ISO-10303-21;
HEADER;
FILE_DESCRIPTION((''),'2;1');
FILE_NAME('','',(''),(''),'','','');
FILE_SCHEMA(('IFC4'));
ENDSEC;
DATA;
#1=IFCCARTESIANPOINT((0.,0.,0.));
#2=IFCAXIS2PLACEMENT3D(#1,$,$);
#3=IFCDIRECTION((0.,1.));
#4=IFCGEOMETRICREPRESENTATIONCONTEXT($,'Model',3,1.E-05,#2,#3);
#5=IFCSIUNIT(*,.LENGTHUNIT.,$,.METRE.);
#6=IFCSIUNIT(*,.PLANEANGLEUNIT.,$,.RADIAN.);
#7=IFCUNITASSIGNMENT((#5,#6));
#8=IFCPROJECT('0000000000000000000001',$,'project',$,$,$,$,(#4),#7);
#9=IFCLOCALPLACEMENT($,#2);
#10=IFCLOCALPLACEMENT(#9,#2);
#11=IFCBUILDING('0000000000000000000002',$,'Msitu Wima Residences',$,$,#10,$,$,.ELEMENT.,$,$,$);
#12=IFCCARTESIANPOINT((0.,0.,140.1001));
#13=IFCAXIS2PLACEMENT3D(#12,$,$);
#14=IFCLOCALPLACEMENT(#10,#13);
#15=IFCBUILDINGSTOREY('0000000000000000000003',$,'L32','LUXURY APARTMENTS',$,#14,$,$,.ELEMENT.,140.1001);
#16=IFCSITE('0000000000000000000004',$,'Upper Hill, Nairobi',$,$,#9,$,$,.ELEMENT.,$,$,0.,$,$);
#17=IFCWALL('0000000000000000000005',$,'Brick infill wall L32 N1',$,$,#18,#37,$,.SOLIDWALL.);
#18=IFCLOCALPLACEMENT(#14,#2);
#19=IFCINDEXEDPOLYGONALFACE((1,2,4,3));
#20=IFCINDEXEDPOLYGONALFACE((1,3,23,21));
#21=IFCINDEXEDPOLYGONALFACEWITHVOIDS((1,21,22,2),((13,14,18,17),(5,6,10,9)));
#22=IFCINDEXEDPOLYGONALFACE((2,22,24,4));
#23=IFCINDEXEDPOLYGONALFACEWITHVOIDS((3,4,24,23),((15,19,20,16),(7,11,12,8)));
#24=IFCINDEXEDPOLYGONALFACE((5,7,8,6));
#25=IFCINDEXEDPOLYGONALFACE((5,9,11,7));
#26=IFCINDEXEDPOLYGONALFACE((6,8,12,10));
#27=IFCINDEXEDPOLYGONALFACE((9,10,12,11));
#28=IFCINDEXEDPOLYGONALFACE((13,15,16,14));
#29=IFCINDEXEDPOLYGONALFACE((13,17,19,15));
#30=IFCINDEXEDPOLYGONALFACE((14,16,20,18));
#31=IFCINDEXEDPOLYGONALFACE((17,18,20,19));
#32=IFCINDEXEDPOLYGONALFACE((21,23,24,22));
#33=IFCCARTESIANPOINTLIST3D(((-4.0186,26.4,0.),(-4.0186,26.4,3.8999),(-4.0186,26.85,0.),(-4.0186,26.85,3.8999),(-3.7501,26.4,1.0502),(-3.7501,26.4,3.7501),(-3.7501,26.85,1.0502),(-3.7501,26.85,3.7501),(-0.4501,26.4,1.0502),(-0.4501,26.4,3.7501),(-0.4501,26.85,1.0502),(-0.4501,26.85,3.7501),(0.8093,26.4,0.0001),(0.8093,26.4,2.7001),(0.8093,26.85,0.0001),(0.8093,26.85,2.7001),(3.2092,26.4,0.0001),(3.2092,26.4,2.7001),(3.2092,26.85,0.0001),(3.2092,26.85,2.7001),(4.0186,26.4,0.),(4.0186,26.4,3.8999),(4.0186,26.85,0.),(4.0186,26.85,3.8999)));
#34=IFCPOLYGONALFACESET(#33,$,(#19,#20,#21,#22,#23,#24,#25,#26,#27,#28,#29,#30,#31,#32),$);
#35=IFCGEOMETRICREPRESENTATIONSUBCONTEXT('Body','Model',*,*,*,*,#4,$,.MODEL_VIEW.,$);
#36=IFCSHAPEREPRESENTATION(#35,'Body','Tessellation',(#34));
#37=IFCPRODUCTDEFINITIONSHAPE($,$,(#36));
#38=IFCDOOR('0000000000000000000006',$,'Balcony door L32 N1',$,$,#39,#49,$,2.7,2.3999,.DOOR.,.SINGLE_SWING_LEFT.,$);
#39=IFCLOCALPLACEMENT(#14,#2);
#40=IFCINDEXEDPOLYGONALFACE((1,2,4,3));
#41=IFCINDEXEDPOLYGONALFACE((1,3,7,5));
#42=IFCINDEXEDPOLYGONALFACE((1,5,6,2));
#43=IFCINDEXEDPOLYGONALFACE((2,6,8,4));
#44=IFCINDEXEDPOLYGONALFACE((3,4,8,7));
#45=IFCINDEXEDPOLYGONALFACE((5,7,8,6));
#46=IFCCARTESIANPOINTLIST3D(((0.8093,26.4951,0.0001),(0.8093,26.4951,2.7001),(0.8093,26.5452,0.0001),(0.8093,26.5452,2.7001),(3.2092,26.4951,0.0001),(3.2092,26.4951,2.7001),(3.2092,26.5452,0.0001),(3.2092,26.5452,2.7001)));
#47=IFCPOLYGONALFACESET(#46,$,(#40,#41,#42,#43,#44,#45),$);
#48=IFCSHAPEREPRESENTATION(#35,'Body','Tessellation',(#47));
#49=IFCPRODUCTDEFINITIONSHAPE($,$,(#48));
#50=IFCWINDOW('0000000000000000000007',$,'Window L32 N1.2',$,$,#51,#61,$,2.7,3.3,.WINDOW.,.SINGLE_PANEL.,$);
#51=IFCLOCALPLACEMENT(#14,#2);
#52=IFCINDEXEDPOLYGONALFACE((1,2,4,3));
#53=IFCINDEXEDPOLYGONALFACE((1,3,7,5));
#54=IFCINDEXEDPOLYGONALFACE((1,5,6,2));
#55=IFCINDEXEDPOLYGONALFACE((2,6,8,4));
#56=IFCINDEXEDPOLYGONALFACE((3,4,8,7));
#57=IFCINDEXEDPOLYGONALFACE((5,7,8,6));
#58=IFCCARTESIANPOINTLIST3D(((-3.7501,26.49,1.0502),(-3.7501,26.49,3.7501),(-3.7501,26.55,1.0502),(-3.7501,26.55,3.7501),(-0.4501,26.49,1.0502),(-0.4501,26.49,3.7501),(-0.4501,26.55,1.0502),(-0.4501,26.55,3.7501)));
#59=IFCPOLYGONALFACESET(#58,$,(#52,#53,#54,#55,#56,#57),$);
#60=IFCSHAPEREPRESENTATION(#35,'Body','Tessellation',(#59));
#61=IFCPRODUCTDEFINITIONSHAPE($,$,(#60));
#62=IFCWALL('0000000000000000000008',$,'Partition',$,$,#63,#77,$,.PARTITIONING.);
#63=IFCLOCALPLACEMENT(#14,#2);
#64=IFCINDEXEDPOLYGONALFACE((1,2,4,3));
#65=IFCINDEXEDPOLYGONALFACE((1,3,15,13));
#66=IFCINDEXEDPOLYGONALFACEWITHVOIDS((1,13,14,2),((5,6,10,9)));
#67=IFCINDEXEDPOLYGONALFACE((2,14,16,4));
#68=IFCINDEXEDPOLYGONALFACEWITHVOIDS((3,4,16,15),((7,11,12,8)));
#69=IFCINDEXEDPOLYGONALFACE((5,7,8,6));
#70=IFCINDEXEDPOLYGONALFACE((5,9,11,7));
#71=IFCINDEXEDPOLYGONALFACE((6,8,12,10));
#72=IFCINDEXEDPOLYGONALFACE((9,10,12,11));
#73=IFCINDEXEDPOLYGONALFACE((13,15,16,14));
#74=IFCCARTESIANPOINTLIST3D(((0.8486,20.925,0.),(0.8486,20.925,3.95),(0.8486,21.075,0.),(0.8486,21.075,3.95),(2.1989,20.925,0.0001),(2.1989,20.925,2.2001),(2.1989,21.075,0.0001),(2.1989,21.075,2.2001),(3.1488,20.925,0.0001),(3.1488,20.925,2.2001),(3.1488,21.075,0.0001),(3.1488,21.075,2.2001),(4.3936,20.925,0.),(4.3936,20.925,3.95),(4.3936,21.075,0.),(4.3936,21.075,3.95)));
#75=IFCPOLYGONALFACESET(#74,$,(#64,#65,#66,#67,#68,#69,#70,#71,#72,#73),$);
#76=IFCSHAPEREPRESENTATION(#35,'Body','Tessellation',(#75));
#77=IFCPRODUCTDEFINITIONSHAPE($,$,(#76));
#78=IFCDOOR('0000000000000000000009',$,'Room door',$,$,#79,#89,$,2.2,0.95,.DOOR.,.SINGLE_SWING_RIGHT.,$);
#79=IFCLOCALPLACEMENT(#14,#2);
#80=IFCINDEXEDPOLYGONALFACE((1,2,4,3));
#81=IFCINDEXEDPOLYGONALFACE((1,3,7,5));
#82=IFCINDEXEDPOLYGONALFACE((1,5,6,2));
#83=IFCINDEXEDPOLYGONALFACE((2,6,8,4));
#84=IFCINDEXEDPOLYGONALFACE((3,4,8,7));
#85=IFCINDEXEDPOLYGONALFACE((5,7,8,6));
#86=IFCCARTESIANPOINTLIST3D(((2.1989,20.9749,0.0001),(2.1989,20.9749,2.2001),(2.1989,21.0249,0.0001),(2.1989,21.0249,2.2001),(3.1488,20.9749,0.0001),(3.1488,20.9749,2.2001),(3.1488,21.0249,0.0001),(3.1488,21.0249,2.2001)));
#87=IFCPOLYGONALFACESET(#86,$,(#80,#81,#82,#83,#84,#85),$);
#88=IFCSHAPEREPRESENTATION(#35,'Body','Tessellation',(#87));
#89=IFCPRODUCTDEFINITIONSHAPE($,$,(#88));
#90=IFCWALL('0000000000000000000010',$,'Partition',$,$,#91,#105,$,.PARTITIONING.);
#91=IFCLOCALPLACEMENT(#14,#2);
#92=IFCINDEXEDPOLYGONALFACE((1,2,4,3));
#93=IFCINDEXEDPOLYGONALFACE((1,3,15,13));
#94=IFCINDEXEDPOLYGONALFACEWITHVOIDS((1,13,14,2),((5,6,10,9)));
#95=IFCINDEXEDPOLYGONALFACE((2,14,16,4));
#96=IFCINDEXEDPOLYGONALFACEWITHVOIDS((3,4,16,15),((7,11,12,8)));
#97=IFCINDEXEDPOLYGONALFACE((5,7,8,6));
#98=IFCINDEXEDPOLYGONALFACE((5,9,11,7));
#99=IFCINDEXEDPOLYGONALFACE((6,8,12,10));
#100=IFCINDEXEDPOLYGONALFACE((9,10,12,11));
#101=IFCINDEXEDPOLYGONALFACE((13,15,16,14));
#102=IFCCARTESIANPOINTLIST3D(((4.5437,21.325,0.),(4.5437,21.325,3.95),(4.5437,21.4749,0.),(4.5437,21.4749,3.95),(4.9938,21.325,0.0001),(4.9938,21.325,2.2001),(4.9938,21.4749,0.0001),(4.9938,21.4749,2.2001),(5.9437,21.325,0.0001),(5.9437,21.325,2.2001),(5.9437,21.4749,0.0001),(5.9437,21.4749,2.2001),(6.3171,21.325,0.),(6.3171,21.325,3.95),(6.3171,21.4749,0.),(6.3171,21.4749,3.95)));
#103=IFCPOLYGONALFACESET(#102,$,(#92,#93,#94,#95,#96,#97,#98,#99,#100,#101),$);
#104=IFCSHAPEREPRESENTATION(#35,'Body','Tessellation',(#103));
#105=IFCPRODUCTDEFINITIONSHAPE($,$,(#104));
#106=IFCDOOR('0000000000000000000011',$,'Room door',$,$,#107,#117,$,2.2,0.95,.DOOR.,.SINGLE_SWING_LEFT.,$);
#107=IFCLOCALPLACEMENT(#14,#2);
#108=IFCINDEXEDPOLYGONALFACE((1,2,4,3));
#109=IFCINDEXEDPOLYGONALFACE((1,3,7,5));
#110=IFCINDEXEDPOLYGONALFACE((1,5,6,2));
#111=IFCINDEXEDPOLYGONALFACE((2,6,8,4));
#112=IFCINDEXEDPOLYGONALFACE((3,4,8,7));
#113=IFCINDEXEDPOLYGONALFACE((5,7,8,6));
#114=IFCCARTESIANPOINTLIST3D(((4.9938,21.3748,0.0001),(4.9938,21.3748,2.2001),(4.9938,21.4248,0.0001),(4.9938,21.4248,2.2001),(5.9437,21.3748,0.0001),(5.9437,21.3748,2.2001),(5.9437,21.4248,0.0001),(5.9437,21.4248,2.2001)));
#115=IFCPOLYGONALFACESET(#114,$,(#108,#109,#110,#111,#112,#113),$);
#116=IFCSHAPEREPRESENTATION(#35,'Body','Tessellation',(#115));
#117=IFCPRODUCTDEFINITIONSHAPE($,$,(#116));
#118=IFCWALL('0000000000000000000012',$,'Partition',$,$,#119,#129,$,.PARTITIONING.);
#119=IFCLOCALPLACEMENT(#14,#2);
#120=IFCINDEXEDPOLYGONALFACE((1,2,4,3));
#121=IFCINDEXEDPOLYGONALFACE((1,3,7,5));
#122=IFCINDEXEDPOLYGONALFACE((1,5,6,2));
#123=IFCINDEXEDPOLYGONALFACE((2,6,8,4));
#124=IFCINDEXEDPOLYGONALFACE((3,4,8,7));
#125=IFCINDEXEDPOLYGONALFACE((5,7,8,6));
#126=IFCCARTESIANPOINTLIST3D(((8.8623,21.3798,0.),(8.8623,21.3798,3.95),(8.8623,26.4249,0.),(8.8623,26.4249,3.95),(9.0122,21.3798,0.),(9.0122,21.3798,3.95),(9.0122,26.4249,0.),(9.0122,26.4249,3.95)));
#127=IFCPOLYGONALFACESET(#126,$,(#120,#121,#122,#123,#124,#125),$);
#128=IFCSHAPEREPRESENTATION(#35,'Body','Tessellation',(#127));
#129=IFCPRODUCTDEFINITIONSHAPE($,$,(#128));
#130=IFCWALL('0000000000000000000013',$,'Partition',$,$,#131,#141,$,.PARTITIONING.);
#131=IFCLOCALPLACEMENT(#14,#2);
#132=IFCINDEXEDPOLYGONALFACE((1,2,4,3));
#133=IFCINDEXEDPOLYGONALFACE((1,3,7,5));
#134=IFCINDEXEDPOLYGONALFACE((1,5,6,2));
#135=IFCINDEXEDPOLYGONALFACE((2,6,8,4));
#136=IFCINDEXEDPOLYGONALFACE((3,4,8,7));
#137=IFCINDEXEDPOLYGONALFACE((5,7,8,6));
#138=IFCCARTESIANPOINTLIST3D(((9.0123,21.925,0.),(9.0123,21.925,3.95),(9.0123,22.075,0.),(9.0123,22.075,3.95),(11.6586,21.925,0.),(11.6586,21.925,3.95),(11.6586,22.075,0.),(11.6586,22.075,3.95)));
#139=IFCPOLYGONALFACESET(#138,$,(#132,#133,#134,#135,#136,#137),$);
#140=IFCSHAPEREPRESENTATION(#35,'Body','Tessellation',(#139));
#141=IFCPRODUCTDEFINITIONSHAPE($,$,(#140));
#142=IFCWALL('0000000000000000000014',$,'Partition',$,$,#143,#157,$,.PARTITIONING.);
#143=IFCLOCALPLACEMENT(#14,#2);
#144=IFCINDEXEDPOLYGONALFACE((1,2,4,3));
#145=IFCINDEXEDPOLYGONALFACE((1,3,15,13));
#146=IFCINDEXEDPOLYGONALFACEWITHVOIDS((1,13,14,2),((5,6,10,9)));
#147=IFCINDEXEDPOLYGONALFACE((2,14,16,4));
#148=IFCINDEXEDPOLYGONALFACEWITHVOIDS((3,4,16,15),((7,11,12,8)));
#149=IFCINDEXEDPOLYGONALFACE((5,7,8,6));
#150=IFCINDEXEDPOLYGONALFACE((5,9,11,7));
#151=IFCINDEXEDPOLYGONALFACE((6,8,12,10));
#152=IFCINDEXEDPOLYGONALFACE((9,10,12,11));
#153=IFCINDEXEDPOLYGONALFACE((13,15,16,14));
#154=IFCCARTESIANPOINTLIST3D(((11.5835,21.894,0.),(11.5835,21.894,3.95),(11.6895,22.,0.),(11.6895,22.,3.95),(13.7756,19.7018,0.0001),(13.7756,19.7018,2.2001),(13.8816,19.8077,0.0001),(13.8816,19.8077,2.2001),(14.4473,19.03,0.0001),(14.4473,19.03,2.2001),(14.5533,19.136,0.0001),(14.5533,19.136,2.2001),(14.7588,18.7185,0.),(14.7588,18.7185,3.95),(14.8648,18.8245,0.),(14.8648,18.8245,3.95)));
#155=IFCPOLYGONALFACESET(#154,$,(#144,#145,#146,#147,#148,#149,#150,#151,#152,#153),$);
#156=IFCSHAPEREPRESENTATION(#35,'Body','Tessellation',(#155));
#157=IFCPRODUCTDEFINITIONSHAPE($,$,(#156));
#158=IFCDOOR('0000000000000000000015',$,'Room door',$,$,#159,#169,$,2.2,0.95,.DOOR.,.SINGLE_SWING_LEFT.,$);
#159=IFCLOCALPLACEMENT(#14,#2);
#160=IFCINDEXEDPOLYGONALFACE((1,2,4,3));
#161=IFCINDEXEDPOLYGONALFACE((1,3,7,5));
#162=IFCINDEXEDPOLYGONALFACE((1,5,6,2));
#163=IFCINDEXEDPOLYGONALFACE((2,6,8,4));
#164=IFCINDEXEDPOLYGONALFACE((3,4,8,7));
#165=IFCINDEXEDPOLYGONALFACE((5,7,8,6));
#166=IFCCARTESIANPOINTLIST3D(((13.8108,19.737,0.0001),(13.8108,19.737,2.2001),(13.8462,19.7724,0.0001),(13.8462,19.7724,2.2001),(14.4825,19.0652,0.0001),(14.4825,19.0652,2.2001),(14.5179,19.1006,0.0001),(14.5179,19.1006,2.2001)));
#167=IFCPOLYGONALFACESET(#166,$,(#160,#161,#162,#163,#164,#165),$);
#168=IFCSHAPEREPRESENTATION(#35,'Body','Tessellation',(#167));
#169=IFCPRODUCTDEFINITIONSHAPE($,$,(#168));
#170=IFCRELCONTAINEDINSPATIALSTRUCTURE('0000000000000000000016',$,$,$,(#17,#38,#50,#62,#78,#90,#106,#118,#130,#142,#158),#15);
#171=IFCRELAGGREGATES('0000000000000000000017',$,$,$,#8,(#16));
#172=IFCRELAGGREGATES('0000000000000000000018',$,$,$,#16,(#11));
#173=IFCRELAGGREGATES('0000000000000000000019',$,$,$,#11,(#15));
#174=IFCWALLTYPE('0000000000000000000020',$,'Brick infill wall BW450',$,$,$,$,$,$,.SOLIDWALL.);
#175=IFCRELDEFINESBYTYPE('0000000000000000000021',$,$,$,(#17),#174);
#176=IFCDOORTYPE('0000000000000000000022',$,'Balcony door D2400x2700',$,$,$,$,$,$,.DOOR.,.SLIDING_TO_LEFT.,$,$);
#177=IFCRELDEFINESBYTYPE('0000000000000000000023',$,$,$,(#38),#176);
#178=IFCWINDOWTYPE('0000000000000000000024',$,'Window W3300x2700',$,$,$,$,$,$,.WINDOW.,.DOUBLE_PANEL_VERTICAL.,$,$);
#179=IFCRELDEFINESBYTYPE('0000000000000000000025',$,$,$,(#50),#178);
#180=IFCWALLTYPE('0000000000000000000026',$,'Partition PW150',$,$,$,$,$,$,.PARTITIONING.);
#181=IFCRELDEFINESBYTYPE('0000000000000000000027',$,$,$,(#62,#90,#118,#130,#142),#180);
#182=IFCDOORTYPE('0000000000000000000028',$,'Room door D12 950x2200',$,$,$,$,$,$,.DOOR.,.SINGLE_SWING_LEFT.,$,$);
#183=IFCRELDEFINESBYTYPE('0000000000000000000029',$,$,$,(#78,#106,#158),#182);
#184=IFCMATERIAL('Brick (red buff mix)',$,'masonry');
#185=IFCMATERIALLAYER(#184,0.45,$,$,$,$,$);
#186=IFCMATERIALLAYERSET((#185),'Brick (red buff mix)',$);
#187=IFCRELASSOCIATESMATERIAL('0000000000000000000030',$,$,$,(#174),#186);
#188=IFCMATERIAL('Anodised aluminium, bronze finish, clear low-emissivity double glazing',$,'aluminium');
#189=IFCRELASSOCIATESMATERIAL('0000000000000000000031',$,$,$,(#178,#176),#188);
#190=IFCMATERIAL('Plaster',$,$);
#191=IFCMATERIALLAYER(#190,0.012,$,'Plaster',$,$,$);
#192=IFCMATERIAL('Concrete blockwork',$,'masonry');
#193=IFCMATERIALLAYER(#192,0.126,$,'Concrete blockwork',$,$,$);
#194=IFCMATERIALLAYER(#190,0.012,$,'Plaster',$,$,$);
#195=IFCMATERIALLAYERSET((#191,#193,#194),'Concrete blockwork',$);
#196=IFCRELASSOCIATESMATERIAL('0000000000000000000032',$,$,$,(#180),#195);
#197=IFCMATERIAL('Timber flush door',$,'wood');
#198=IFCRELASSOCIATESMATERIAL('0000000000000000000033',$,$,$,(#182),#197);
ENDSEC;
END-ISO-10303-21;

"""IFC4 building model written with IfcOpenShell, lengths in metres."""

from ifc_helpers import new_model, si_unit, direction, frame, frame_2d, origin, place, context, subcontext, project, spatial, rectangle, extrude, material, layer, layer_set, type_object, element, fill, save


model = new_model("IFC4")

# Units and contexts
model_context = context("Model", 3, precision=1e-05, world=origin(), true_north=direction((0.0, 1.0)))
body_context = subcontext(model_context, "Body", "Model", "MODEL_VIEW")
ifc_project = project(units=[si_unit("LENGTHUNIT", "METRE"), si_unit("PLANEANGLEUNIT", "RADIAN")], contexts=[model_context])

# Site, building, storey
site_placement = place(None, origin())
site = spatial("IfcSite", under=ifc_project, at=site_placement, Name="Upper Hill, Nairobi", CompositionType="ELEMENT", RefElevation=0.0)
building_placement = place(site_placement, origin())
building = spatial("IfcBuilding", under=site, at=building_placement, Name="Msitu Wima Residences", CompositionType="ELEMENT")
storey_placement = place(building_placement, frame((0.0, 0.0, 140.1001)))
storey = spatial("IfcBuildingStorey", under=building, at=storey_placement, Name="L32", Description="LUXURY APARTMENTS", CompositionType="ELEMENT", Elevation=140.1001)

# Shared definitions
ifc_material_1 = material(Name="Brick (red buff mix)", Category="masonry")
ifc_layer_1 = layer(ifc_material_1, 0.45)
ifc_layer_set_1 = layer_set([ifc_layer_1], Name="Brick (red buff mix)")
wall_type_1 = type_object("IfcWallType", Name="Brick infill wall BW450", PredefinedType="SOLIDWALL", material=ifc_layer_set_1)
ifc_material_2 = material(Name="Anodised aluminium, bronze finish, clear low-emissivity double glazing", Category="aluminium")
window_type = type_object("IfcWindowType", Name="Window W3300x2700", PartitioningType="DOUBLE_PANEL_VERTICAL", PredefinedType="WINDOW", material=ifc_material_2)

# Wall, openings, door, window
wall_1_placement = place(storey_placement, frame((4.0186, 26.625, 0.0), z_axis=(0.0, 0.0, 1.0), x_axis=(-1.0, 0.0, 0.0)))
wall_1 = element("IfcWall", 1, at=wall_1_placement, inside=storey, type_object=wall_type_1, Name="Brick infill wall L32 N1", PredefinedType="SOLIDWALL", context=body_context, shape_type="SweptSolid", body=[
    extrude(rectangle(XDim=8.0371, YDim=0.45, at=frame_2d((4.0186, 0.0))), origin(), (0.0, 0.0, 1.0), 3.8999),
])
opening_1_placement = place(wall_1_placement, frame((0.8093, 0.0, 0.0)))
opening_1 = element("IfcOpeningElement", 2, at=opening_1_placement, cuts=wall_1, PredefinedType="OPENING", context=body_context, shape_type="SweptSolid", body=[
    extrude(rectangle(XDim=2.3999, YDim=2.7, at=frame_2d((1.2, 1.3501))), frame((0.0, 0.2349, 0.0), z_axis=(0.0, -1.0, 0.0), x_axis=(1.0, 0.0, 0.0)), (0.0, 0.0, 1.0), 0.47),
])
opening_2_placement = place(wall_1_placement, frame((4.4688, 0.0, 1.05)))
opening_2 = element("IfcOpeningElement", 3, at=opening_2_placement, cuts=wall_1, PredefinedType="OPENING", context=body_context, shape_type="SweptSolid", body=[
    extrude(rectangle(XDim=3.3, YDim=2.7, at=frame_2d((1.6499, 1.3501))), frame((0.0, 0.2349, 0.0), z_axis=(0.0, -1.0, 0.0), x_axis=(1.0, 0.0, 0.0)), (0.0, 0.0, 1.0), 0.47),
])
door_type_1 = type_object("IfcDoorType", Name="Balcony door D2400x2700", OperationType="SLIDING_TO_LEFT", PredefinedType="DOOR", material=ifc_material_2)
door_1_placement = place(opening_1_placement, origin())
door_1 = element("IfcDoor", 4, at=door_1_placement, inside=storey, type_object=door_type_1, Name="Balcony door L32 N1", OperationType="SINGLE_SWING_LEFT", OverallHeight=2.7, OverallWidth=2.3999, PredefinedType="DOOR", context=body_context, shape_type="SweptSolid", body=[
    extrude(rectangle(XDim=2.3999, YDim=2.7, at=frame_2d((1.2, 1.3501))), frame((0.0, 0.1299, 0.0), z_axis=(0.0, -1.0, 0.0), x_axis=(1.0, 0.0, 0.0)), (0.0, 0.0, 1.0), 0.05),
])
fill(opening_1, door_1)
window_1_placement = place(opening_2_placement, origin())
window_1 = element("IfcWindow", 5, at=window_1_placement, inside=storey, type_object=window_type, Name="Window L32 N1.2", OverallHeight=2.7, OverallWidth=3.3, PartitioningType="SINGLE_PANEL", PredefinedType="WINDOW", context=body_context, shape_type="SweptSolid", body=[
    extrude(rectangle(XDim=3.3, YDim=2.7, at=frame_2d((1.6499, 1.3501))), frame((0.0, 0.135, 0.0), z_axis=(0.0, -1.0, 0.0), x_axis=(1.0, 0.0, 0.0)), (0.0, 0.0, 1.0), 0.0601),
])
fill(opening_2, window_1)

# Walls, openings, doors
ifc_material_3 = material(Name="Plaster")
ifc_layer_2 = layer(ifc_material_3, 0.012, Name="Plaster")
ifc_material_4 = material(Name="Concrete blockwork", Category="masonry")
ifc_layer_3 = layer(ifc_material_4, 0.126, Name="Concrete blockwork")
ifc_layer_4 = layer(ifc_material_3, 0.012, Name="Plaster")
ifc_layer_set_2 = layer_set([ifc_layer_2, ifc_layer_3, ifc_layer_4], Name="Concrete blockwork")
wall_type_2 = type_object("IfcWallType", Name="Partition PW150", PredefinedType="PARTITIONING", material=ifc_layer_set_2)
wall_2_placement = place(storey_placement, frame((0.8486, 21.0, 0.0), z_axis=(0.0, 0.0, 1.0), x_axis=(1.0, 0.0, 0.0)))
wall_2 = element("IfcWall", 6, at=wall_2_placement, inside=storey, type_object=wall_type_2, Name="Partition", PredefinedType="PARTITIONING", context=body_context, shape_type="SweptSolid", body=[
    extrude(rectangle(XDim=3.5449, YDim=0.1499, at=frame_2d((1.7725, 0.0))), origin(), (0.0, 0.0, 1.0), 3.95),
])
opening_3_placement = place(wall_2_placement, frame((1.3501, 0.0, 0.0)))
opening_3 = element("IfcOpeningElement", 7, at=opening_3_placement, cuts=wall_2, PredefinedType="OPENING", context=body_context, shape_type="SweptSolid", body=[
    extrude(rectangle(XDim=0.95, YDim=2.2, at=frame_2d((0.4751, 1.1001))), frame((0.0, 0.085, 0.0), z_axis=(0.0, -1.0, 0.0), x_axis=(1.0, 0.0, 0.0)), (0.0, 0.0, 1.0), 0.1699),
])
ifc_material_5 = material(Name="Timber flush door", Category="wood")
door_type_2 = type_object("IfcDoorType", Name="Room door D12 950x2200", OperationType="SINGLE_SWING_LEFT", PredefinedType="DOOR", material=ifc_material_5)
door_2_placement = place(opening_3_placement, origin())
door_2 = element("IfcDoor", 8, at=door_2_placement, inside=storey, type_object=door_type_2, Name="Room door", OperationType="SINGLE_SWING_RIGHT", OverallHeight=2.2, OverallWidth=0.95, PredefinedType="DOOR", context=body_context, shape_type="SweptSolid", body=[
    extrude(rectangle(XDim=0.95, YDim=2.2, at=frame_2d((0.4751, 1.1001))), frame((0.0, 0.0249, 0.0), z_axis=(0.0, -1.0, 0.0), x_axis=(1.0, 0.0, 0.0)), (0.0, 0.0, 1.0), 0.05),
])
fill(opening_3, door_2)
wall_3_placement = place(storey_placement, frame((4.5437, 21.3999, 0.0), z_axis=(0.0, 0.0, 1.0), x_axis=(1.0, 0.0, 0.0)))
wall_3 = element("IfcWall", 9, at=wall_3_placement, inside=storey, type_object=wall_type_2, Name="Partition", PredefinedType="PARTITIONING", context=body_context, shape_type="SweptSolid", body=[
    extrude(rectangle(XDim=1.7734, YDim=0.1499, at=frame_2d((0.8867, 0.0))), origin(), (0.0, 0.0, 1.0), 3.95),
])
opening_4_placement = place(wall_3_placement, frame((0.45, 0.0, 0.0)))
opening_4 = element("IfcOpeningElement", 10, at=opening_4_placement, cuts=wall_3, PredefinedType="OPENING", context=body_context, shape_type="SweptSolid", body=[
    extrude(rectangle(XDim=0.95, YDim=2.2, at=frame_2d((0.4751, 1.1001))), frame((0.0, 0.085, 0.0), z_axis=(0.0, -1.0, 0.0), x_axis=(1.0, 0.0, 0.0)), (0.0, 0.0, 1.0), 0.1699),
])
door_3_placement = place(opening_4_placement, origin())
door_3 = element("IfcDoor", 11, at=door_3_placement, inside=storey, type_object=door_type_2, Name="Room door", OperationType="SINGLE_SWING_LEFT", OverallHeight=2.2, OverallWidth=0.95, PredefinedType="DOOR", context=body_context, shape_type="SweptSolid", body=[
    extrude(rectangle(XDim=0.95, YDim=2.2, at=frame_2d((0.4751, 1.1001))), frame((0.0, 0.0249, 0.0), z_axis=(0.0, -1.0, 0.0), x_axis=(1.0, 0.0, 0.0)), (0.0, 0.0, 1.0), 0.05),
])
fill(opening_4, door_3)

# Walls
wall_4_placement = place(storey_placement, frame((8.9373, 21.3799, 0.0), z_axis=(0.0, 0.0, 1.0), x_axis=(0.0, 1.0, 0.0)))
element("IfcWall", 12, at=wall_4_placement, inside=storey, type_object=wall_type_2, Name="Partition", PredefinedType="PARTITIONING", context=body_context, shape_type="SweptSolid", body=[
    extrude(rectangle(XDim=5.0452, YDim=0.1499, at=frame_2d((2.5225, 0.0))), origin(), (0.0, 0.0, 1.0), 3.95),
])
wall_5_placement = place(storey_placement, frame((9.0122, 22.0, 0.0), z_axis=(0.0, 0.0, 1.0), x_axis=(1.0, 0.0, 0.0)))
element("IfcWall", 13, at=wall_5_placement, inside=storey, type_object=wall_type_2, Name="Partition", PredefinedType="PARTITIONING", context=body_context, shape_type="SweptSolid", body=[
    extrude(rectangle(XDim=2.6462, YDim=0.1499, at=frame_2d((1.3232, 0.0))), origin(), (0.0, 0.0, 1.0), 3.95),
])

# Wall, opening, door
wall_6_placement = place(storey_placement, frame((11.6365, 21.947, 0.0), z_axis=(0.0, 0.0, 1.0), x_axis=(0.70708, -0.707134, 0.0)))
wall_6 = element("IfcWall", 14, at=wall_6_placement, inside=storey, type_object=wall_type_2, Name="Partition", PredefinedType="PARTITIONING", context=body_context, shape_type="SweptSolid", body=[
    extrude(rectangle(XDim=4.4907, YDim=0.1499, at=frame_2d((2.2454, 0.0))), origin(), (0.0, 0.0, 1.0), 3.95),
])
opening_5_placement = place(wall_6_placement, frame((3.1001, 0.0, 0.0)))
opening_5 = element("IfcOpeningElement", 15, at=opening_5_placement, cuts=wall_6, PredefinedType="OPENING", context=body_context, shape_type="SweptSolid", body=[
    extrude(rectangle(XDim=0.95, YDim=2.2, at=frame_2d((0.4751, 1.1001))), frame((0.0, 0.085, 0.0), z_axis=(0.0, -1.0, 0.0), x_axis=(1.0, 0.0, 0.0)), (0.0, 0.0, 1.0), 0.1699),
])
door_4_placement = place(opening_5_placement, origin())
door_4 = element("IfcDoor", 16, at=door_4_placement, inside=storey, type_object=door_type_2, Name="Room door", OperationType="SINGLE_SWING_LEFT", OverallHeight=2.2, OverallWidth=0.95, PredefinedType="DOOR", context=body_context, shape_type="SweptSolid", body=[
    extrude(rectangle(XDim=0.95, YDim=2.2, at=frame_2d((0.4751, 1.1001))), frame((0.0, 0.0249, 0.0), z_axis=(0.0, -1.0, 0.0), x_axis=(1.0, 0.0, 0.0)), (0.0, 0.0, 1.0), 0.05),
])
fill(opening_5, door_4)

save(model, "model.ifc")
